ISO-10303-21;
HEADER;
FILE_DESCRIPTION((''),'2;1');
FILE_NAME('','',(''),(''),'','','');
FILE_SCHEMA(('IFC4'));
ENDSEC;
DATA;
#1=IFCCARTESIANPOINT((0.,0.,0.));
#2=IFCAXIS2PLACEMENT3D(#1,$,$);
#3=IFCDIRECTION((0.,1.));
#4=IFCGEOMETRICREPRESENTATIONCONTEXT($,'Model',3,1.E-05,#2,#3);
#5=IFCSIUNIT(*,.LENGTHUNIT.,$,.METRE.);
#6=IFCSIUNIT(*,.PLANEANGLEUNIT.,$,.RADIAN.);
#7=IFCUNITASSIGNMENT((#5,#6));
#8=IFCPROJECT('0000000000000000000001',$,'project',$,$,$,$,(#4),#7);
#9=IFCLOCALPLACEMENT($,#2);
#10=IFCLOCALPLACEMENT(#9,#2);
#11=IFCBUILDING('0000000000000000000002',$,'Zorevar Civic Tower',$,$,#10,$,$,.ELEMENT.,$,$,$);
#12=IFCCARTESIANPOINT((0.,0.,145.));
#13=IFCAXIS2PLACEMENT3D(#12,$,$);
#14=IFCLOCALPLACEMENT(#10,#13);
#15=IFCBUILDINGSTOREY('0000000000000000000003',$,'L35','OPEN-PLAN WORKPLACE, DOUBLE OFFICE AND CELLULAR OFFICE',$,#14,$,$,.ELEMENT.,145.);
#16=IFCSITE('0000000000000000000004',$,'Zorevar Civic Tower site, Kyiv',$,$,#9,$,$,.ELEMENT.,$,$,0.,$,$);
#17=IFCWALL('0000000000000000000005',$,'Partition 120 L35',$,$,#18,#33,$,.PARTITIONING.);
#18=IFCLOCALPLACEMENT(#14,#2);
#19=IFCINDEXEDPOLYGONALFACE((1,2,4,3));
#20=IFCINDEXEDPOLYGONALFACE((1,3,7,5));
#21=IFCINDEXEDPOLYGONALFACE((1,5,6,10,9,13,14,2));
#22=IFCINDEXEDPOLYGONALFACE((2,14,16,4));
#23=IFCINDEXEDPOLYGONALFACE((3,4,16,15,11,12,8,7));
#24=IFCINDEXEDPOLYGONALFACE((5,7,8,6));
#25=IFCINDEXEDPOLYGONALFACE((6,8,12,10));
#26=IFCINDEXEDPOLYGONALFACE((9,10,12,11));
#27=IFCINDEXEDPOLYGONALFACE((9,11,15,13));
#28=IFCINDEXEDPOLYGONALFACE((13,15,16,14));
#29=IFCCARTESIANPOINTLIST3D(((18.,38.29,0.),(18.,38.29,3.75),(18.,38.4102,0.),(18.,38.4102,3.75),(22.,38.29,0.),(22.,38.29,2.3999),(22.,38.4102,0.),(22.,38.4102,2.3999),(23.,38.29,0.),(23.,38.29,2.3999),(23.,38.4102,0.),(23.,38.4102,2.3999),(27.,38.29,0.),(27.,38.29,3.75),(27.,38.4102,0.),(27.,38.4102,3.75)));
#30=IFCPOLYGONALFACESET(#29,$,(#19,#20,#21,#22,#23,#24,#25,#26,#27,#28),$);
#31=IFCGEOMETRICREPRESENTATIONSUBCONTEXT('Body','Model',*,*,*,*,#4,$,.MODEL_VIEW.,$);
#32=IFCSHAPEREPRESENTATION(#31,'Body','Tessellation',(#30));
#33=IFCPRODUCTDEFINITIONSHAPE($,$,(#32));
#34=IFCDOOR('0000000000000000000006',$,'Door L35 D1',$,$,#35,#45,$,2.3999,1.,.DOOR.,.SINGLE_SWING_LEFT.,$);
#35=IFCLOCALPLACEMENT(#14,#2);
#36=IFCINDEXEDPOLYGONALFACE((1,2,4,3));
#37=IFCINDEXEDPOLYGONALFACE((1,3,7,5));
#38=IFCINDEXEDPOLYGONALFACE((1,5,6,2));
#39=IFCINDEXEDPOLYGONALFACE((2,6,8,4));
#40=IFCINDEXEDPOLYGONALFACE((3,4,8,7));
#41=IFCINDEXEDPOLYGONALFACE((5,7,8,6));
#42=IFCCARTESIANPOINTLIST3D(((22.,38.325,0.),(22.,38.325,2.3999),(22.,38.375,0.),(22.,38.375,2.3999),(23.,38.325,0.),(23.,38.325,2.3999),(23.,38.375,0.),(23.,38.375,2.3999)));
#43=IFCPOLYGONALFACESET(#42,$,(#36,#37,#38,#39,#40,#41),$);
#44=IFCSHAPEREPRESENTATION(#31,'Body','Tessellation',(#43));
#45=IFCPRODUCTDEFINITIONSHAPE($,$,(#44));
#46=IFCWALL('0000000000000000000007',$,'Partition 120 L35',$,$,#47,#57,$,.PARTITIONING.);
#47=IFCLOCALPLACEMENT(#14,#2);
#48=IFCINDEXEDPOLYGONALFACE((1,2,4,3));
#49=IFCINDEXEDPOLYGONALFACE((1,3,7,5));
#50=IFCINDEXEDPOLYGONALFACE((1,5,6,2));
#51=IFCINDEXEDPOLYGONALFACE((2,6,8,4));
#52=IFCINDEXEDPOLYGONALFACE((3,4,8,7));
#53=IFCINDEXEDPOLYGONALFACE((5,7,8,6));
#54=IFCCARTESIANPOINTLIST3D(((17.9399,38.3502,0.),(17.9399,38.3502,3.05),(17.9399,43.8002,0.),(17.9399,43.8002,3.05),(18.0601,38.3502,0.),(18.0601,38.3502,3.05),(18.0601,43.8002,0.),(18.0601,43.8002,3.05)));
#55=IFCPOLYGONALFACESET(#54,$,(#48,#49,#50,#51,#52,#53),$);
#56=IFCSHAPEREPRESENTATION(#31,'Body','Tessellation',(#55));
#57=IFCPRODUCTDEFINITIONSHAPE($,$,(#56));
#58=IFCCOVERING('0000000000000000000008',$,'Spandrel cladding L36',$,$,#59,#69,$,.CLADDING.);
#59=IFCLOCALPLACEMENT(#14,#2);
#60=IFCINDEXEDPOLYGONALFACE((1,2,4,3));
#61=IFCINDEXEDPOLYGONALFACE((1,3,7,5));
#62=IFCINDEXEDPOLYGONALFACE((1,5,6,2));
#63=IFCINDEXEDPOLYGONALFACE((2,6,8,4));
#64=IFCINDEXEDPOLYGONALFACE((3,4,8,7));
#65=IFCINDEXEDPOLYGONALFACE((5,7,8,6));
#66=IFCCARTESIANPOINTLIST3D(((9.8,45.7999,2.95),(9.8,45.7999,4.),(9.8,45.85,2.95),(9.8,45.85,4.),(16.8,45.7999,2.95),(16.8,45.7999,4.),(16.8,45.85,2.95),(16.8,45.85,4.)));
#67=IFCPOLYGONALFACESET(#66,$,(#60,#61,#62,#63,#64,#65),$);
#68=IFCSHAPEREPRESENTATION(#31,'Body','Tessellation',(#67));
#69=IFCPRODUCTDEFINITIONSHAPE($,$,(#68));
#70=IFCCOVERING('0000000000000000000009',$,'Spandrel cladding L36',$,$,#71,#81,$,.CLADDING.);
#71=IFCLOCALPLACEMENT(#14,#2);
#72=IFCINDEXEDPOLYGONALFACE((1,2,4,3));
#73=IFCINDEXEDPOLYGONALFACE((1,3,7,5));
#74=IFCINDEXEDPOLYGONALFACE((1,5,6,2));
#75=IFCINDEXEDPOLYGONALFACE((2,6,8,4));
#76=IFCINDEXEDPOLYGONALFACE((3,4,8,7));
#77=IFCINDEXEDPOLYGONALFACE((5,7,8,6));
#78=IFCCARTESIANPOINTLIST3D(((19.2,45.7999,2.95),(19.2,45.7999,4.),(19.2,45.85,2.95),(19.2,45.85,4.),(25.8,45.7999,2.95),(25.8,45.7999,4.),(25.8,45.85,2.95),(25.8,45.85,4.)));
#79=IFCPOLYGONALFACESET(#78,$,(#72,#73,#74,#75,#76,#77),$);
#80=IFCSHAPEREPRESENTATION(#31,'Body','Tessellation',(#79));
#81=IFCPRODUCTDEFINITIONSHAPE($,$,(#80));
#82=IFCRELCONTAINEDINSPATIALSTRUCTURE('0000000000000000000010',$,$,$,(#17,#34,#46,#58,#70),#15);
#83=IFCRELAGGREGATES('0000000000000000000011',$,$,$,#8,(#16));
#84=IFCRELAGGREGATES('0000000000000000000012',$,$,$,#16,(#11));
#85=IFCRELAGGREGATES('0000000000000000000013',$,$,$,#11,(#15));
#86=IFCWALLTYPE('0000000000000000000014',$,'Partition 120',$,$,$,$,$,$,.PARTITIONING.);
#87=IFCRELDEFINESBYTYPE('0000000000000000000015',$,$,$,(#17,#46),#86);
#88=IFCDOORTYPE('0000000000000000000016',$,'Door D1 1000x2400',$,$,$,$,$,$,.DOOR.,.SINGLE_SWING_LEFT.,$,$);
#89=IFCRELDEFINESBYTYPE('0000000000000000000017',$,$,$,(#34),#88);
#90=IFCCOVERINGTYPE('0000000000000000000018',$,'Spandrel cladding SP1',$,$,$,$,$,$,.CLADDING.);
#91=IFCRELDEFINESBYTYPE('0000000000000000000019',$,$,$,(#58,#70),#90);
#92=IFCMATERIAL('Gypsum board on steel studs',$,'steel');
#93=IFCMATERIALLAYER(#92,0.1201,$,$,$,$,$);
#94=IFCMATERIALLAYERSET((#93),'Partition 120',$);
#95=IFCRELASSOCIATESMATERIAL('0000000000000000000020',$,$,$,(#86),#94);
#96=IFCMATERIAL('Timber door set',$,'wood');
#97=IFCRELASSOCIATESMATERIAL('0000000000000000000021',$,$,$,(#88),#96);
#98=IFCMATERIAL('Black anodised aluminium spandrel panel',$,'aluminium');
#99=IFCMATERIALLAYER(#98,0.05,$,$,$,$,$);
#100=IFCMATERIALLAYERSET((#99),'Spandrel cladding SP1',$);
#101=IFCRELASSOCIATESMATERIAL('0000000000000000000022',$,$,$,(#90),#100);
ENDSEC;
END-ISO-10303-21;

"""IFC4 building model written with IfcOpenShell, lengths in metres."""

from ifc_helpers import new_model, si_unit, direction, frame, frame_2d, origin, place, context, subcontext, project, spatial, rectangle, extrude, material, layer, layer_set, type_object, element, fill, save


model = new_model("IFC4")

# Units and contexts
model_context = context("Model", 3, precision=1e-05, world=origin(), true_north=direction((0.0, 1.0)))
body_context = subcontext(model_context, "Body", "Model", "MODEL_VIEW")
ifc_project = project(units=[si_unit("LENGTHUNIT", "METRE"), si_unit("PLANEANGLEUNIT", "RADIAN")], contexts=[model_context])

# Site, building, storey
site_placement = place(None, origin())
site = spatial("IfcSite", under=ifc_project, at=site_placement, Name="Zorevar Civic Tower site, Kyiv", CompositionType="ELEMENT", RefElevation=0.0)
building_placement = place(site_placement, origin())
building = spatial("IfcBuilding", under=site, at=building_placement, Name="Zorevar Civic Tower", CompositionType="ELEMENT")
storey_placement = place(building_placement, frame((0.0, 0.0, 145.0)))
storey = spatial("IfcBuildingStorey", under=building, at=storey_placement, Name="L35", Description="OPEN-PLAN WORKPLACE, DOUBLE OFFICE AND CELLULAR OFFICE", CompositionType="ELEMENT", Elevation=145.0)

# Wall, opening, door
ifc_material_1 = material(Name="Gypsum board on steel studs", Category="steel")
ifc_layer_1 = layer(ifc_material_1, 0.1201)
ifc_layer_set_1 = layer_set([ifc_layer_1], Name="Partition 120")
wall_type_1 = type_object("IfcWallType", Name="Partition 120", PredefinedType="PARTITIONING", material=ifc_layer_set_1)
wall_1_placement = place(storey_placement, frame((18.0, 38.3501, 0.0), z_axis=(0.0, 0.0, 1.0), x_axis=(1.0, 0.0, 0.0)))
wall_1 = element("IfcWall", 1, at=wall_1_placement, inside=storey, type_object=wall_type_1, Name="Partition 120 L35", PredefinedType="PARTITIONING", context=body_context, shape_type="SweptSolid", body=[
    extrude(rectangle(XDim=9.0, YDim=0.1201, at=frame_2d((4.5, 0.0))), origin(), (0.0, 0.0, 1.0), 3.75),
])
opening_1_placement = place(wall_1_placement, frame((4.0, 0.0, 0.0)))
opening_1 = element("IfcOpeningElement", 2, at=opening_1_placement, cuts=wall_1, PredefinedType="OPENING", context=body_context, shape_type="SweptSolid", body=[
    extrude(rectangle(XDim=1.0, YDim=2.3999, at=frame_2d((0.5, 1.2))), frame((0.0, 0.0701, 0.0), z_axis=(0.0, -1.0, 0.0), x_axis=(1.0, 0.0, 0.0)), (0.0, 0.0, 1.0), 0.1401),
])
ifc_material_2 = material(Name="Timber door set", Category="wood")
door_type_1 = type_object("IfcDoorType", Name="Door D1 1000x2400", OperationType="SINGLE_SWING_LEFT", PredefinedType="DOOR", material=ifc_material_2)
door_1_placement = place(opening_1_placement, origin())
door_1 = element("IfcDoor", 3, at=door_1_placement, inside=storey, type_object=door_type_1, Name="Door L35 D1", OperationType="SINGLE_SWING_LEFT", OverallHeight=2.3999, OverallWidth=1.0, PredefinedType="DOOR", context=body_context, shape_type="SweptSolid", body=[
    extrude(rectangle(XDim=1.0, YDim=2.3999, at=frame_2d((0.5, 1.2))), frame((0.0, 0.0249, 0.0), z_axis=(0.0, -1.0, 0.0), x_axis=(1.0, 0.0, 0.0)), (0.0, 0.0, 1.0), 0.05),
])
fill(opening_1, door_1)

# Wall
wall_2_placement = place(storey_placement, frame((18.0, 38.3501, 0.0), z_axis=(0.0, 0.0, 1.0), x_axis=(0.0, 1.0, 0.0)))
element("IfcWall", 4, at=wall_2_placement, inside=storey, type_object=wall_type_1, Name="Partition 120 L35", PredefinedType="PARTITIONING", context=body_context, shape_type="SweptSolid", body=[
    extrude(rectangle(XDim=5.45, YDim=0.1201, at=frame_2d((2.7251, 0.0))), origin(), (0.0, 0.0, 1.0), 3.05),
])

# Coverings
ifc_material_3 = material(Name="Black anodised aluminium spandrel panel", Category="aluminium")
ifc_layer_2 = layer(ifc_material_3, 0.05)
ifc_layer_set_2 = layer_set([ifc_layer_2], Name="Spandrel cladding SP1")
covering_type = type_object("IfcCoveringType", Name="Spandrel cladding SP1", PredefinedType="CLADDING", material=ifc_layer_set_2)
covering_1_placement = place(storey_placement, frame((9.8, 45.825, 2.95), z_axis=(0.0, 0.0, 1.0), x_axis=(1.0, 0.0, 0.0)))
element("IfcCovering", 5, at=covering_1_placement, inside=storey, type_object=covering_type, Name="Spandrel cladding L36", PredefinedType="CLADDING", context=body_context, shape_type="SweptSolid", body=[
    extrude(rectangle(XDim=7.0, YDim=0.05, at=frame_2d((3.5, 0.0))), origin(), (0.0, 0.0, 1.0), 1.05),
])
covering_2_placement = place(storey_placement, frame((19.2, 45.825, 2.95), z_axis=(0.0, 0.0, 1.0), x_axis=(1.0, 0.0, 0.0)))
element("IfcCovering", 6, at=covering_2_placement, inside=storey, type_object=covering_type, Name="Spandrel cladding L36", PredefinedType="CLADDING", context=body_context, shape_type="SweptSolid", body=[
    extrude(rectangle(XDim=6.6001, YDim=0.05, at=frame_2d((3.3, 0.0))), origin(), (0.0, 0.0, 1.0), 1.05),
])

save(model, "model.ifc")
